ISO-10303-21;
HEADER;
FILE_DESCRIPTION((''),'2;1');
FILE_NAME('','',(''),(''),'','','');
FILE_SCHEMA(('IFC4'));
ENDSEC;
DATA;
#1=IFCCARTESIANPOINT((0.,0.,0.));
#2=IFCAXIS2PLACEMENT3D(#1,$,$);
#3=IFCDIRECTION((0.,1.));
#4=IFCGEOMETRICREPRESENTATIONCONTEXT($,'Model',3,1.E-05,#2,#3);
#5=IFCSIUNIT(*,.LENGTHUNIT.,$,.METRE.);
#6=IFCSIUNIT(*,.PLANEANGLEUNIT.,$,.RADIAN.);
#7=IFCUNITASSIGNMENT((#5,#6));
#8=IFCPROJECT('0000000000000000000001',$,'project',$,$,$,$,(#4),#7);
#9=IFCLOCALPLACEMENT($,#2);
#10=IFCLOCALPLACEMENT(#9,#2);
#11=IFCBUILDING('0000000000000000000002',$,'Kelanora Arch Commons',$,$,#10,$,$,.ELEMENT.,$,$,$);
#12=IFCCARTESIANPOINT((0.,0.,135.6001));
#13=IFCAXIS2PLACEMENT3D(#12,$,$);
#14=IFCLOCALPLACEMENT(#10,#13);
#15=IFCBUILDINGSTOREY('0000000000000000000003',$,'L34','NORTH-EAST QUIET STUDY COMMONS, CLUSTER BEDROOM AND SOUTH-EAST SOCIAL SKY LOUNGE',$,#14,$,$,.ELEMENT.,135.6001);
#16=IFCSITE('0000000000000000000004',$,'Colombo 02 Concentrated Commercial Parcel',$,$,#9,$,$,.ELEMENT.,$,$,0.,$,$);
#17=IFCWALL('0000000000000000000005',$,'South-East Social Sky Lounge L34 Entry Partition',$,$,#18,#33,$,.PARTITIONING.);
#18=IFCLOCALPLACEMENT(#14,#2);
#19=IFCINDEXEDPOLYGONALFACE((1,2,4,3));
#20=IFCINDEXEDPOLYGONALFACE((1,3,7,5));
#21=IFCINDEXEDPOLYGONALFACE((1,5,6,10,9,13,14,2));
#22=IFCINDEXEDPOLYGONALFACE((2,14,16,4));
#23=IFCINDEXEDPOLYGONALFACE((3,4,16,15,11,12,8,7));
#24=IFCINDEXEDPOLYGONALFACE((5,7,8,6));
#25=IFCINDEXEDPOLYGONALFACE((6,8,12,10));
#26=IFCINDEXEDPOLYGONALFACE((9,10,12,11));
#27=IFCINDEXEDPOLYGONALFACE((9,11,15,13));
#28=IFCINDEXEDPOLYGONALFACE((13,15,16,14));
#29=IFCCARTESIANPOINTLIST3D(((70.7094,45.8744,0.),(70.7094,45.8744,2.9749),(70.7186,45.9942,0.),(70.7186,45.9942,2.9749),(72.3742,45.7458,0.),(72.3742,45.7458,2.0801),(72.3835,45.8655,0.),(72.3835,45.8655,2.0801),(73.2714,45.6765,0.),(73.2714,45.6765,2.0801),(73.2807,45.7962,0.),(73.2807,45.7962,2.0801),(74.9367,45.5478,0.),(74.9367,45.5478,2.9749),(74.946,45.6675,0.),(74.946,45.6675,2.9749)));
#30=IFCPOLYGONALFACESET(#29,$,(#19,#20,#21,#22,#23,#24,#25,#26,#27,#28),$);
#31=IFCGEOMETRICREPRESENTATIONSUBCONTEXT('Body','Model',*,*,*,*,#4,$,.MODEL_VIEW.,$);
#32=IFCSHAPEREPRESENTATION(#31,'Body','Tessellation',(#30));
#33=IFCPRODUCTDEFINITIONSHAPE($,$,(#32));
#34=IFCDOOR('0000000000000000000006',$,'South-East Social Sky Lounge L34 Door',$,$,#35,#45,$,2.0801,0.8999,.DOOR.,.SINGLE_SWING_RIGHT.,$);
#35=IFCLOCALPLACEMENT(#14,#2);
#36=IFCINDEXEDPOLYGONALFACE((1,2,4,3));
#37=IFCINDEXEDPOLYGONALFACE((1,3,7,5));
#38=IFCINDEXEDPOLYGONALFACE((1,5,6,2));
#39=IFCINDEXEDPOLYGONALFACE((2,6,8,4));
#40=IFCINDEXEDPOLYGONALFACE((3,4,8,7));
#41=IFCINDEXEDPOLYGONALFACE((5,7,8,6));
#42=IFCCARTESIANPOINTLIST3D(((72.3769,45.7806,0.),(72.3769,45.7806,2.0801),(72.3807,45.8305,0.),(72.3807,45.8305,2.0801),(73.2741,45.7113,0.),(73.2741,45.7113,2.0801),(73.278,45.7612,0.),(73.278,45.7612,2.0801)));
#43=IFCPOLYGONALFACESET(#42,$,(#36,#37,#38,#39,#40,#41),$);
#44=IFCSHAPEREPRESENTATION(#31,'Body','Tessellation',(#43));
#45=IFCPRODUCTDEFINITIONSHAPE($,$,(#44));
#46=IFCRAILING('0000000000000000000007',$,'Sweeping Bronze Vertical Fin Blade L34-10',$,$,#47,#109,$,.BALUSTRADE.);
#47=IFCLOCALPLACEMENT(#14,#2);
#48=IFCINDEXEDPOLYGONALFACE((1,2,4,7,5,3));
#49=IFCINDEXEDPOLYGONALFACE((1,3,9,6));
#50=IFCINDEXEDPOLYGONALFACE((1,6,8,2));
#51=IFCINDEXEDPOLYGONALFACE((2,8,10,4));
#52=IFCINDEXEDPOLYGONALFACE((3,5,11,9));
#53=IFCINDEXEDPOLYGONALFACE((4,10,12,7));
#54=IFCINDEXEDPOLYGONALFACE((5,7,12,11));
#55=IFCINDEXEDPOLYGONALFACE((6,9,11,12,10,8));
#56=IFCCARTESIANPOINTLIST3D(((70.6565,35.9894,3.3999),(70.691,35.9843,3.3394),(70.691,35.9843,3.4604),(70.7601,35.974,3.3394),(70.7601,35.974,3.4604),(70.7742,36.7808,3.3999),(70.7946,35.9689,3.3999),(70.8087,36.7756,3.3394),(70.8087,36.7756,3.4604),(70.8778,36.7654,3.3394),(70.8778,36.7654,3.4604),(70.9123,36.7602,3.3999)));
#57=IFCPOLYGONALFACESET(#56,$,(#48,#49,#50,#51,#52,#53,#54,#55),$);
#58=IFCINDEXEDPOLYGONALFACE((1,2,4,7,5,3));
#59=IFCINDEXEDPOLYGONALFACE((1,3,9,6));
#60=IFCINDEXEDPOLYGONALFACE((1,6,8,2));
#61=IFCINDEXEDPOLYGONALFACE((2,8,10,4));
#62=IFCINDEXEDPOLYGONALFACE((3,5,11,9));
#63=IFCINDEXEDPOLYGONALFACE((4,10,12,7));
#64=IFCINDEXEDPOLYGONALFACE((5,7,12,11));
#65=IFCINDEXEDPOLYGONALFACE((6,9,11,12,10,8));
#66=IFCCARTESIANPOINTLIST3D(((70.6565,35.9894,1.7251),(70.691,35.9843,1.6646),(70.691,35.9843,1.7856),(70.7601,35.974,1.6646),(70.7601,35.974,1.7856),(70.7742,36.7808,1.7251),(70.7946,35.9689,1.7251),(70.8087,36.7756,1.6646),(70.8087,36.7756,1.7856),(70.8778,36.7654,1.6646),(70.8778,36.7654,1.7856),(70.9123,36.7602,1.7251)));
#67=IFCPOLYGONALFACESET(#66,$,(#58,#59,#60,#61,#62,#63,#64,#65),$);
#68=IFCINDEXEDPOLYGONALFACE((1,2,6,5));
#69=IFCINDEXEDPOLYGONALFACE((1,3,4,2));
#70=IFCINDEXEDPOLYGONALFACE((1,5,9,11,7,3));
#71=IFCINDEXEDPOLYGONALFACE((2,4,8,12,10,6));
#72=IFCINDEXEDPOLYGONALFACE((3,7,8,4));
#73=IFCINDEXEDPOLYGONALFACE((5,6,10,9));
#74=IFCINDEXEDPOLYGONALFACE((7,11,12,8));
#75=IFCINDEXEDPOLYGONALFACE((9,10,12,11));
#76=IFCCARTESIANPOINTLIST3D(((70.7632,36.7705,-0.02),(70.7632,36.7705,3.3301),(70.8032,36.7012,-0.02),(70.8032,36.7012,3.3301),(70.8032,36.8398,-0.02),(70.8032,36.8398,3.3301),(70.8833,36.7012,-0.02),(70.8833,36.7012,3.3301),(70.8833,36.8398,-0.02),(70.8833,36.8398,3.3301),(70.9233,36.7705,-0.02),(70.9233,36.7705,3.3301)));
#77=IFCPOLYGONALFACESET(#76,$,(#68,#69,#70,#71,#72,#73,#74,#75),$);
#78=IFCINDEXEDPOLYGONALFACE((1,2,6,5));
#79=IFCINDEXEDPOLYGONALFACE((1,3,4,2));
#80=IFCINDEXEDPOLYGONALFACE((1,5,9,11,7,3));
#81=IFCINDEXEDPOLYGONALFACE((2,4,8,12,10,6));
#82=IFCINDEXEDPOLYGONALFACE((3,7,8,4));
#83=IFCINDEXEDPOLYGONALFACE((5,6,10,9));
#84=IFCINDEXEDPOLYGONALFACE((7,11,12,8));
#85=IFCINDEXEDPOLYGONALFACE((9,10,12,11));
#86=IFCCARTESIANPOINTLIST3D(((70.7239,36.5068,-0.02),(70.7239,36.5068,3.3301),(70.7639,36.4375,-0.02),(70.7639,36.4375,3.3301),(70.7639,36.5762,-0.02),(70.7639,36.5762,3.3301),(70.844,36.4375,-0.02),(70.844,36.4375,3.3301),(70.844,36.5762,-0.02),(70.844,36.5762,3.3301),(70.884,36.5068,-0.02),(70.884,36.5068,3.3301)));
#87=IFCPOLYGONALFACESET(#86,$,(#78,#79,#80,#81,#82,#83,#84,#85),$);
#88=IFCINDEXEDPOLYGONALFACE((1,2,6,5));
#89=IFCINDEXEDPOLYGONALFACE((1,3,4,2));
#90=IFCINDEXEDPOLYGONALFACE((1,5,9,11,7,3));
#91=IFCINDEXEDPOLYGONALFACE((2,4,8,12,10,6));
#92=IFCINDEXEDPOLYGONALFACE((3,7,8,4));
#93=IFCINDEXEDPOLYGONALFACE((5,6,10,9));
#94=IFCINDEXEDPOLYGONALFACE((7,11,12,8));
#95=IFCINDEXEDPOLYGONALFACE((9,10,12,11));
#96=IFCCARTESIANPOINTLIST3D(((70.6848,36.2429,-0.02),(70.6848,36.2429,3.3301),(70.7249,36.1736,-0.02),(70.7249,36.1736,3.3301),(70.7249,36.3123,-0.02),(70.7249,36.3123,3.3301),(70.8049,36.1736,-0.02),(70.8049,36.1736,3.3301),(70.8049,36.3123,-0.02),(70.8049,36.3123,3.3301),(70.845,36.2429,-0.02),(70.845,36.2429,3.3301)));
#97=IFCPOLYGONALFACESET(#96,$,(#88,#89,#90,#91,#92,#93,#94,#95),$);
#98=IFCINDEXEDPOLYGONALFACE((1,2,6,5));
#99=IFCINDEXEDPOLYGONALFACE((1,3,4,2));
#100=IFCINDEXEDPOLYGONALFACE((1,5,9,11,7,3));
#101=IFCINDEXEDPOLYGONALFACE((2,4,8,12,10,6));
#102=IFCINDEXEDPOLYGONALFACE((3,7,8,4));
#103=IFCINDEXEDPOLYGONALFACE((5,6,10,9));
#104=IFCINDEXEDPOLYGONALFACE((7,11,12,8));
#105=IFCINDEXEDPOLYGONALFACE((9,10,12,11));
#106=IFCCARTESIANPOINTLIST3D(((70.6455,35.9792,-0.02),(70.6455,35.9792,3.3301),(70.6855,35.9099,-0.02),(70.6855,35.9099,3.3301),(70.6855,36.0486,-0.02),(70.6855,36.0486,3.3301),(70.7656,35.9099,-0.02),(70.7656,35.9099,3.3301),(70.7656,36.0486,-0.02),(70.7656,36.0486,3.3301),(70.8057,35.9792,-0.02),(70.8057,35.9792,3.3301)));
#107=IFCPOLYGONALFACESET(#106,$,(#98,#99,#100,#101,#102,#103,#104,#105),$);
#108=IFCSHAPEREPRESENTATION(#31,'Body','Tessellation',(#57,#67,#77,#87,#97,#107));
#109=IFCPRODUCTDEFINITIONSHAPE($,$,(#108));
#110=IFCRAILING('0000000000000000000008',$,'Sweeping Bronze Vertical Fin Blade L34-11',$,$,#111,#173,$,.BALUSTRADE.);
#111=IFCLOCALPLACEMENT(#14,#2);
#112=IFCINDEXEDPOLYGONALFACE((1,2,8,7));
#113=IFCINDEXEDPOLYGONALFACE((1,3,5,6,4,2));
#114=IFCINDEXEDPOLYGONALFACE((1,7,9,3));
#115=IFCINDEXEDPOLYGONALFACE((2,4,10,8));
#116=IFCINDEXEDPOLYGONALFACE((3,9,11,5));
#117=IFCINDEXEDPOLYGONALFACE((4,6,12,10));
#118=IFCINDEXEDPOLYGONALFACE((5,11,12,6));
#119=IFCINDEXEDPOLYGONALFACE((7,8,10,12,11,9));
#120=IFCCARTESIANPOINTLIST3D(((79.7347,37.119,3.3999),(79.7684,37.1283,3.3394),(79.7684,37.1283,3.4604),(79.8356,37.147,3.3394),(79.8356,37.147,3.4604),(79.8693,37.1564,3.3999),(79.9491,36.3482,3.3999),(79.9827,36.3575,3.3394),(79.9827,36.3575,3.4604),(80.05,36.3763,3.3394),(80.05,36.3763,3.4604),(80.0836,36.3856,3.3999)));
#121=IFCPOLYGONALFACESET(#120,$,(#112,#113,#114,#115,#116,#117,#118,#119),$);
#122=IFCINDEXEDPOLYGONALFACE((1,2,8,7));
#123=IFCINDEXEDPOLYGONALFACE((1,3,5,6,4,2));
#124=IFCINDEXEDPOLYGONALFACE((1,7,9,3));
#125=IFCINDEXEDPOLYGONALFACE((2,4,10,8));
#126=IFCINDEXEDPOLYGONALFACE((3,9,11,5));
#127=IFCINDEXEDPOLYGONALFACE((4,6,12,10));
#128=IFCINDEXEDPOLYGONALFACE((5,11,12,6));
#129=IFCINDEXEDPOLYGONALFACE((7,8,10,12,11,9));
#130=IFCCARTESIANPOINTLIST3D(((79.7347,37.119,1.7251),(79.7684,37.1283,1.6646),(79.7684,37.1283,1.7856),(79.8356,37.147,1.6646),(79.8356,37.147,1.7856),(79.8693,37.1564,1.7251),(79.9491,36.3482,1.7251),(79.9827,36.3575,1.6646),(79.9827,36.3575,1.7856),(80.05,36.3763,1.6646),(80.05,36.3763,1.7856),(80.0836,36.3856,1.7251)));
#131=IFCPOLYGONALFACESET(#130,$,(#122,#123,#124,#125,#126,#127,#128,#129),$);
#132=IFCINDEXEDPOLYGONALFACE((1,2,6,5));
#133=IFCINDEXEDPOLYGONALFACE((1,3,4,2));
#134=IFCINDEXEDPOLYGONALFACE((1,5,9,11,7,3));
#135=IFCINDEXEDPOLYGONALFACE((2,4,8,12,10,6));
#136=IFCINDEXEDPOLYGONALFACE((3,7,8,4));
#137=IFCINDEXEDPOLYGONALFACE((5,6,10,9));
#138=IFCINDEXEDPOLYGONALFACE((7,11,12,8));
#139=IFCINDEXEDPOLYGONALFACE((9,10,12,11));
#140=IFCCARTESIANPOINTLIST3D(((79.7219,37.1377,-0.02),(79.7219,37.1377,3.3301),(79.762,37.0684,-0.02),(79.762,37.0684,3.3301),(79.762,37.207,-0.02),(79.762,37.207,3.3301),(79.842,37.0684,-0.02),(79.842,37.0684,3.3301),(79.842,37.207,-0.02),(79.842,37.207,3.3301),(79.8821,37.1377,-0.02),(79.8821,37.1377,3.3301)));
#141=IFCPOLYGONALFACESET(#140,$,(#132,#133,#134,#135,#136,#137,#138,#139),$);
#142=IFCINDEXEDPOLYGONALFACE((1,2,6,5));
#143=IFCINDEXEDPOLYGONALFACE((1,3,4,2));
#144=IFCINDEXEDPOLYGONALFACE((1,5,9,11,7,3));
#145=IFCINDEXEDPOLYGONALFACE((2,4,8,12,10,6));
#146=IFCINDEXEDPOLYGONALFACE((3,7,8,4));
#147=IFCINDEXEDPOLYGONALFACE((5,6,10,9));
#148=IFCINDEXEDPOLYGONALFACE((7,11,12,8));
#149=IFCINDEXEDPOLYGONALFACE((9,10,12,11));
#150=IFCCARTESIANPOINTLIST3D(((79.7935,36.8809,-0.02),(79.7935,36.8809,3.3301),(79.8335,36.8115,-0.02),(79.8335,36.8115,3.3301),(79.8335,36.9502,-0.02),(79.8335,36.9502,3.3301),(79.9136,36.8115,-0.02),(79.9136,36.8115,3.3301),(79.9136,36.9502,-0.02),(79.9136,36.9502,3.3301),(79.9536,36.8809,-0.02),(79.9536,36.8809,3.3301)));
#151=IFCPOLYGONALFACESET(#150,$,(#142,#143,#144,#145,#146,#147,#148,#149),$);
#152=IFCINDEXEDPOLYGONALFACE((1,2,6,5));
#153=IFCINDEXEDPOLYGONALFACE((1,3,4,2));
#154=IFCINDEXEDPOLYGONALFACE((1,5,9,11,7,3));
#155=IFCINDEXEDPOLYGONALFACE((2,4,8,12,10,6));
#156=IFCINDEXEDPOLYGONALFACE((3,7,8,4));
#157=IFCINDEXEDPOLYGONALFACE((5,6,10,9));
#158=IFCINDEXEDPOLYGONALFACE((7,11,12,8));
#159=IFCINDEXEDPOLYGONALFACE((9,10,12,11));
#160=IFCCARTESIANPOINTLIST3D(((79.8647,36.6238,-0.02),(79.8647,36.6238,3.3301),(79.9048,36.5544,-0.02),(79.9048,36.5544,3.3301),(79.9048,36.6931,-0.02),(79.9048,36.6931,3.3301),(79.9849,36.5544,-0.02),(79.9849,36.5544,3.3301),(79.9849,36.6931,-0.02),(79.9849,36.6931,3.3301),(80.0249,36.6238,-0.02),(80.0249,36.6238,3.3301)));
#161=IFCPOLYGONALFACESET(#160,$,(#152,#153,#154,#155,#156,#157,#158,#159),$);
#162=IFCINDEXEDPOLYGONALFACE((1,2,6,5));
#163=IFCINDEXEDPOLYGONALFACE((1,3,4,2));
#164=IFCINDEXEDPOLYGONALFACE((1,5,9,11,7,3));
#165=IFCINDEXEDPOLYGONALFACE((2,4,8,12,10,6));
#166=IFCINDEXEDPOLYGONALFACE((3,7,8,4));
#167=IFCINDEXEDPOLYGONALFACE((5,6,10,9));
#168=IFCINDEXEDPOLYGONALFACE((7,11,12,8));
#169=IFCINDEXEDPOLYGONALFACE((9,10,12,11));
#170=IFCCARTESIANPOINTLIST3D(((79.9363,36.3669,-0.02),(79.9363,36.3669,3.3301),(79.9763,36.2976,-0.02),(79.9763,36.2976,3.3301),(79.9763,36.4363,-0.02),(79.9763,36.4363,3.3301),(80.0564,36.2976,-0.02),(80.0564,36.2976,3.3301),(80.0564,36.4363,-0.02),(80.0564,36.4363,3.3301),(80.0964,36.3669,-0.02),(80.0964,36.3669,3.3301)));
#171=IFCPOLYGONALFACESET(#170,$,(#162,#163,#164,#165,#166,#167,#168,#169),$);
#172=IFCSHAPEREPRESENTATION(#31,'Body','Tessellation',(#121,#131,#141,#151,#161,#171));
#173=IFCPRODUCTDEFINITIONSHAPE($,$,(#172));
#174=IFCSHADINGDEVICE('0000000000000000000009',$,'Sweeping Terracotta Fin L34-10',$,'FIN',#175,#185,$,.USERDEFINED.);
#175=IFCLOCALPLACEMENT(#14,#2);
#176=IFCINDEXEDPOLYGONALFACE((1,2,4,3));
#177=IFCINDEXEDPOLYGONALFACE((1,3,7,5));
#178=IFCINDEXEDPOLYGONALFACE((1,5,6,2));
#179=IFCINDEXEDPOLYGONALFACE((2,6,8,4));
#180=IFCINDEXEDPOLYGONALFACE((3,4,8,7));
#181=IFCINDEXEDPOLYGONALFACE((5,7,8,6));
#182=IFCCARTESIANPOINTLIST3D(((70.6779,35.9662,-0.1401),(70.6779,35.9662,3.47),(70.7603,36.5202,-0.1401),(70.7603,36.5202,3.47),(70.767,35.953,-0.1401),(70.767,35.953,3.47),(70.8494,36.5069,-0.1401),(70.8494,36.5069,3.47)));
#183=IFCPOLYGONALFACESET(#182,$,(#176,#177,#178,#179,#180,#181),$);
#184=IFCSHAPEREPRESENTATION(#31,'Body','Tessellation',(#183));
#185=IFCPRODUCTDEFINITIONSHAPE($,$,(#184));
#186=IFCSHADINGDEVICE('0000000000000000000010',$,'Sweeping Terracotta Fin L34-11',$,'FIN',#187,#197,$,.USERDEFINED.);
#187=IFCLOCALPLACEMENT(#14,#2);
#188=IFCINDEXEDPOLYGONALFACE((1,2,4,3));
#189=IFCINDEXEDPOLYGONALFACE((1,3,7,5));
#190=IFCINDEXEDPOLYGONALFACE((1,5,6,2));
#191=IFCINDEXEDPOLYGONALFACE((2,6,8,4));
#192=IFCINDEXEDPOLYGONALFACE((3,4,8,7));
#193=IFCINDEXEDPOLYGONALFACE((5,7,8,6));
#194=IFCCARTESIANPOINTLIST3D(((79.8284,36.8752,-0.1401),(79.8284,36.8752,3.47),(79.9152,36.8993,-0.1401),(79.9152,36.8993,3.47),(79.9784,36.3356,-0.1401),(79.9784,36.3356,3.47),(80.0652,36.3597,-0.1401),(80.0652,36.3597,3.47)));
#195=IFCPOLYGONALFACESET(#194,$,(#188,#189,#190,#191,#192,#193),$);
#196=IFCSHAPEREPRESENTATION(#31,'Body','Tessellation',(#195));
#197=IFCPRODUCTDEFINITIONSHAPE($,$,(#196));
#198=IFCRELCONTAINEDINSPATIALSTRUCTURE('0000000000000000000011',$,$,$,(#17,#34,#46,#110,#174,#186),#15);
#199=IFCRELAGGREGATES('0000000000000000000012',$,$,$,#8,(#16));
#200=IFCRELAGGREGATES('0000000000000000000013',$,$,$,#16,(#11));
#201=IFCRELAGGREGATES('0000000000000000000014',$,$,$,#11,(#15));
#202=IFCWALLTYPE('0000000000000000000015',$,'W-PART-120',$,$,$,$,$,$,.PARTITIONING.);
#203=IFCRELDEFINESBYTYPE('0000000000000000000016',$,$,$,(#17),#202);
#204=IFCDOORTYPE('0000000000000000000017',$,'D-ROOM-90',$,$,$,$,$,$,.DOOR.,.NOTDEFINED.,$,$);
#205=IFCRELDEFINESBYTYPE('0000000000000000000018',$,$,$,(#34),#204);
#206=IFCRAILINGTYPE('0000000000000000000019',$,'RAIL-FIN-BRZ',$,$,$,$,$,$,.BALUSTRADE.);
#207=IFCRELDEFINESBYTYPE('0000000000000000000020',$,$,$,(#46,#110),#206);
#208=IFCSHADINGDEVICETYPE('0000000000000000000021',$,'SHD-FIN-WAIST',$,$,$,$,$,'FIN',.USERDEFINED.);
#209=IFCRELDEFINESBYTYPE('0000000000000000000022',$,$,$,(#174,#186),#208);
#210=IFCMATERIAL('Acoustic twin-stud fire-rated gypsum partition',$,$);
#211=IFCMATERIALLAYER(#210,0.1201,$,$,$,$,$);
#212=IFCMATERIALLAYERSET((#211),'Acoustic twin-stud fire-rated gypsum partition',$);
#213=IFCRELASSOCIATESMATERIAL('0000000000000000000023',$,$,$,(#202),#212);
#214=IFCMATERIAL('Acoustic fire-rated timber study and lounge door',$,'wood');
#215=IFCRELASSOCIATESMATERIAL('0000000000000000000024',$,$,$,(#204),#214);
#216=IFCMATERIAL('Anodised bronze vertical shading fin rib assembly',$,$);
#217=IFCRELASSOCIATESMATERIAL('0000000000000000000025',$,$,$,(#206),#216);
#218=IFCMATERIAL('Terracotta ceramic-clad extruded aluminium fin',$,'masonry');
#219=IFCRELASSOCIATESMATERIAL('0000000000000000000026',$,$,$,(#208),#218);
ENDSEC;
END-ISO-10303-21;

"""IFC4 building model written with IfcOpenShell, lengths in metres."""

from ifc_helpers import new_model, si_unit, direction, frame, frame_2d, origin, origin_2d, place, context, subcontext, project, spatial, polyline, rectangle, outline, extrude, source, transform, mapped, material, layer, layer_set, type_object, element, fill, save


model = new_model("IFC4")

# Units and contexts
model_context = context("Model", 3, precision=1e-05, world=origin(), true_north=direction((0.0, 1.0)))
body_context = subcontext(model_context, "Body", "Model", "MODEL_VIEW")
ifc_project = project(units=[si_unit("LENGTHUNIT", "METRE"), si_unit("PLANEANGLEUNIT", "RADIAN")], contexts=[model_context])

# Site, building, storey
site_placement = place(None, origin())
site = spatial("IfcSite", under=ifc_project, at=site_placement, Name="Colombo 02 Concentrated Commercial Parcel", CompositionType="ELEMENT", RefElevation=0.0)
building_placement = place(site_placement, origin())
building = spatial("IfcBuilding", under=site, at=building_placement, Name="Kelanora Arch Commons", CompositionType="ELEMENT")
storey_placement = place(building_placement, frame((0.0, 0.0, 135.6001)))
storey = spatial("IfcBuildingStorey", under=building, at=storey_placement, Name="L34", Description="NORTH-EAST QUIET STUDY COMMONS, CLUSTER BEDROOM AND SOUTH-EAST SOCIAL SKY LOUNGE", CompositionType="ELEMENT", Elevation=135.6001)

# Wall, opening, door
ifc_material_1 = material(Name="Acoustic twin-stud fire-rated gypsum partition")
ifc_layer_1 = layer(ifc_material_1, 0.1201)
ifc_layer_set_1 = layer_set([ifc_layer_1], Name="Acoustic twin-stud fire-rated gypsum partition")
wall_type_1 = type_object("IfcWallType", Name="W-PART-120", PredefinedType="PARTITIONING", material=ifc_layer_set_1)
wall_1_placement = place(storey_placement, frame((70.7139, 45.9343, 0.0), z_axis=(0.0, 0.0, 1.0), x_axis=(0.997028, -0.077044, 0.0)))
wall_1 = element("IfcWall", 1, at=wall_1_placement, inside=storey, type_object=wall_type_1, Name="South-East Social Sky Lounge L34 Entry Partition", PredefinedType="PARTITIONING", context=body_context, shape_type="SweptSolid", body=[
    extrude(rectangle(XDim=4.24, YDim=0.1201, at=frame_2d((2.1201, 0.0))), origin(), (0.0, 0.0, 1.0), 2.9749),
])
opening_placement = place(wall_1_placement, frame((1.6699, 0.0, 0.0)))
opening = element("IfcOpeningElement", 2, at=opening_placement, cuts=wall_1, PredefinedType="OPENING", context=body_context, shape_type="SweptSolid", body=[
    extrude(rectangle(XDim=0.8999, YDim=2.0801, at=frame_2d((0.45, 1.04))), frame((0.0, 0.0701, 0.0), z_axis=(0.0, -1.0, 0.0), x_axis=(1.0, 0.0, 0.0)), (0.0, 0.0, 1.0), 0.1401),
])
ifc_material_2 = material(Name="Acoustic fire-rated timber study and lounge door", Category="wood")
door_type = type_object("IfcDoorType", Name="D-ROOM-90", OperationType="NOTDEFINED", PredefinedType="DOOR", material=ifc_material_2)
door_placement = place(opening_placement, origin())
door = element("IfcDoor", 3, at=door_placement, inside=storey, type_object=door_type, Name="South-East Social Sky Lounge L34 Door", OperationType="SINGLE_SWING_RIGHT", OverallHeight=2.0801, OverallWidth=0.8999, PredefinedType="DOOR", context=body_context, shape_type="SweptSolid", body=[
    extrude(rectangle(XDim=0.8999, YDim=2.0801, at=frame_2d((0.45, 1.04))), frame((0.0, 0.0249, 0.0), z_axis=(0.0, -1.0, 0.0), x_axis=(1.0, 0.0, 0.0)), (0.0, 0.0, 1.0), 0.05),
])
fill(opening, door)

# Railings
ifc_material_3 = material(Name="Anodised bronze vertical shading fin rib assembly")
railing_type = type_object("IfcRailingType", Name="RAIL-FIN-BRZ", PredefinedType="BALUSTRADE", material=ifc_material_3)
railing_1_placement = place(storey_placement, frame((70.8433, 36.7705, -0.02)))
element("IfcRailing", 4, at=railing_1_placement, inside=storey, type_object=railing_type, Name="Sweeping Bronze Vertical Fin Blade L34-10", PredefinedType="BALUSTRADE", context=body_context, shape_type="SweptSolid", body=[
    extrude(outline(polyline([(0.0698, 0.0), (0.0349, 0.0605), (-0.0349, 0.0605), (-0.0698, 0.0), (-0.0349, -0.0605), (0.0349, -0.0605), (0.0698, 0.0)])), frame((0.0, 0.0, 3.4199), z_axis=(-0.147102, -0.989121, 0.0), x_axis=(0.989121, -0.147102, 0.0)), (0.0, 0.0, 1.0), 0.8),
    extrude(outline(polyline([(0.0698, 0.0), (0.0349, 0.0605), (-0.0349, 0.0605), (-0.0698, 0.0), (-0.0349, -0.0605), (0.0349, -0.0605), (0.0698, 0.0)])), frame((0.0, 0.0, 1.7451), z_axis=(-0.147102, -0.989121, 0.0), x_axis=(0.989121, -0.147102, 0.0)), (0.0, 0.0, 1.0), 0.8),
    extrude(outline(polyline([(0.0801, 0.0), (0.04, 0.0693), (-0.04, 0.0693), (-0.0801, 0.0), (-0.04, -0.0693), (0.04, -0.0693), (0.0801, 0.0)])), origin(), (0.0, 0.0, 1.0), 3.3501),
    extrude(outline(polyline([(0.0801, 0.0), (0.04, 0.0693), (-0.04, 0.0693), (-0.0801, 0.0), (-0.04, -0.0693), (0.04, -0.0693), (0.0801, 0.0)])), frame((-0.0393, -0.2637, 0.0)), (0.0, 0.0, 1.0), 3.3501),
    extrude(outline(polyline([(0.0801, 0.0), (0.04, 0.0693), (-0.04, 0.0693), (-0.0801, 0.0), (-0.04, -0.0693), (0.04, -0.0693), (0.0801, 0.0)])), frame((-0.0784, -0.5276, 0.0)), (0.0, 0.0, 1.0), 3.3501),
    extrude(outline(polyline([(0.0801, 0.0), (0.04, 0.0693), (-0.04, 0.0693), (-0.0801, 0.0), (-0.04, -0.0693), (0.04, -0.0693), (0.0801, 0.0)])), frame((-0.1177, -0.7913, 0.0)), (0.0, 0.0, 1.0), 3.3501),
])
railing_2_placement = place(storey_placement, frame((79.802, 37.1377, -0.02)))
element("IfcRailing", 5, at=railing_2_placement, inside=storey, type_object=railing_type, Name="Sweeping Bronze Vertical Fin Blade L34-11", PredefinedType="BALUSTRADE", context=body_context, shape_type="SweptSolid", body=[
    extrude(outline(polyline([(0.0698, 0.0), (0.0349, 0.0605), (-0.0349, 0.0605), (-0.0698, 0.0), (-0.0349, -0.0605), (0.0349, -0.0605), (0.0698, 0.0)])), frame((0.0, 0.0, 3.4199), z_axis=(0.267943, -0.963435, 0.0), x_axis=(0.963435, 0.267943, 0.0)), (0.0, 0.0, 1.0), 0.8),
    extrude(outline(polyline([(0.0698, 0.0), (0.0349, 0.0605), (-0.0349, 0.0605), (-0.0698, 0.0), (-0.0349, -0.0605), (0.0349, -0.0605), (0.0698, 0.0)])), frame((0.0, 0.0, 1.7451), z_axis=(0.267943, -0.963435, 0.0), x_axis=(0.963435, 0.267943, 0.0)), (0.0, 0.0, 1.0), 0.8),
    extrude(outline(polyline([(0.0801, 0.0), (0.04, 0.0693), (-0.04, 0.0693), (-0.0801, 0.0), (-0.04, -0.0693), (0.04, -0.0693), (0.0801, 0.0)])), origin(), (0.0, 0.0, 1.0), 3.3501),
    extrude(outline(polyline([(0.0801, 0.0), (0.04, 0.0693), (-0.04, 0.0693), (-0.0801, 0.0), (-0.04, -0.0693), (0.04, -0.0693), (0.0801, 0.0)])), frame((0.0715, -0.2568, 0.0)), (0.0, 0.0, 1.0), 3.3501),
    extrude(outline(polyline([(0.0801, 0.0), (0.04, 0.0693), (-0.04, 0.0693), (-0.0801, 0.0), (-0.04, -0.0693), (0.04, -0.0693), (0.0801, 0.0)])), frame((0.1428, -0.5139, 0.0)), (0.0, 0.0, 1.0), 3.3501),
    extrude(outline(polyline([(0.0801, 0.0), (0.04, 0.0693), (-0.04, 0.0693), (-0.0801, 0.0), (-0.04, -0.0693), (0.04, -0.0693), (0.0801, 0.0)])), frame((0.2144, -0.7708, 0.0)), (0.0, 0.0, 1.0), 3.3501),
])

# Shading devices
ifc_material_4 = material(Name="Terracotta ceramic-clad extruded aluminium fin", Category="masonry")
shading_device_type = type_object("IfcShadingDeviceType", Name="SHD-FIN-WAIST", ElementType="FIN", PredefinedType="USERDEFINED", material=ifc_material_4)
shared_shape_1 = source(origin(), body_context, "Body", "SweptSolid", [
    extrude(rectangle(XDim=0.5601, YDim=0.0901, at=origin_2d()), origin(), (0.0, 0.0, 1.0), 3.6101),
])
for number, where, z_axis, x_axis, name in (
    (6, (70.7637, 36.2366, -0.1401), (0.0, 0.0, 1.0), (-0.147119, -0.989119, 0.0), "Sweeping Terracotta Fin L34-10"),
    (7, (79.9468, 36.6174, -0.1401), (0.0, 0.0, 1.0), (0.267911, -0.963444, 0.0), "Sweeping Terracotta Fin L34-11"),
):
    element("IfcShadingDevice", number, at=place(storey_placement, frame(where, z_axis=z_axis, x_axis=x_axis)), inside=storey, type_object=shading_device_type, Name=name, ObjectType="FIN", PredefinedType="USERDEFINED", context=body_context, shape_type="MappedRepresentation", body=[
        mapped(shared_shape_1, transform((0.0, 0.0, 0.0), scale=1.0)),
    ])

save(model, "model.ifc")
